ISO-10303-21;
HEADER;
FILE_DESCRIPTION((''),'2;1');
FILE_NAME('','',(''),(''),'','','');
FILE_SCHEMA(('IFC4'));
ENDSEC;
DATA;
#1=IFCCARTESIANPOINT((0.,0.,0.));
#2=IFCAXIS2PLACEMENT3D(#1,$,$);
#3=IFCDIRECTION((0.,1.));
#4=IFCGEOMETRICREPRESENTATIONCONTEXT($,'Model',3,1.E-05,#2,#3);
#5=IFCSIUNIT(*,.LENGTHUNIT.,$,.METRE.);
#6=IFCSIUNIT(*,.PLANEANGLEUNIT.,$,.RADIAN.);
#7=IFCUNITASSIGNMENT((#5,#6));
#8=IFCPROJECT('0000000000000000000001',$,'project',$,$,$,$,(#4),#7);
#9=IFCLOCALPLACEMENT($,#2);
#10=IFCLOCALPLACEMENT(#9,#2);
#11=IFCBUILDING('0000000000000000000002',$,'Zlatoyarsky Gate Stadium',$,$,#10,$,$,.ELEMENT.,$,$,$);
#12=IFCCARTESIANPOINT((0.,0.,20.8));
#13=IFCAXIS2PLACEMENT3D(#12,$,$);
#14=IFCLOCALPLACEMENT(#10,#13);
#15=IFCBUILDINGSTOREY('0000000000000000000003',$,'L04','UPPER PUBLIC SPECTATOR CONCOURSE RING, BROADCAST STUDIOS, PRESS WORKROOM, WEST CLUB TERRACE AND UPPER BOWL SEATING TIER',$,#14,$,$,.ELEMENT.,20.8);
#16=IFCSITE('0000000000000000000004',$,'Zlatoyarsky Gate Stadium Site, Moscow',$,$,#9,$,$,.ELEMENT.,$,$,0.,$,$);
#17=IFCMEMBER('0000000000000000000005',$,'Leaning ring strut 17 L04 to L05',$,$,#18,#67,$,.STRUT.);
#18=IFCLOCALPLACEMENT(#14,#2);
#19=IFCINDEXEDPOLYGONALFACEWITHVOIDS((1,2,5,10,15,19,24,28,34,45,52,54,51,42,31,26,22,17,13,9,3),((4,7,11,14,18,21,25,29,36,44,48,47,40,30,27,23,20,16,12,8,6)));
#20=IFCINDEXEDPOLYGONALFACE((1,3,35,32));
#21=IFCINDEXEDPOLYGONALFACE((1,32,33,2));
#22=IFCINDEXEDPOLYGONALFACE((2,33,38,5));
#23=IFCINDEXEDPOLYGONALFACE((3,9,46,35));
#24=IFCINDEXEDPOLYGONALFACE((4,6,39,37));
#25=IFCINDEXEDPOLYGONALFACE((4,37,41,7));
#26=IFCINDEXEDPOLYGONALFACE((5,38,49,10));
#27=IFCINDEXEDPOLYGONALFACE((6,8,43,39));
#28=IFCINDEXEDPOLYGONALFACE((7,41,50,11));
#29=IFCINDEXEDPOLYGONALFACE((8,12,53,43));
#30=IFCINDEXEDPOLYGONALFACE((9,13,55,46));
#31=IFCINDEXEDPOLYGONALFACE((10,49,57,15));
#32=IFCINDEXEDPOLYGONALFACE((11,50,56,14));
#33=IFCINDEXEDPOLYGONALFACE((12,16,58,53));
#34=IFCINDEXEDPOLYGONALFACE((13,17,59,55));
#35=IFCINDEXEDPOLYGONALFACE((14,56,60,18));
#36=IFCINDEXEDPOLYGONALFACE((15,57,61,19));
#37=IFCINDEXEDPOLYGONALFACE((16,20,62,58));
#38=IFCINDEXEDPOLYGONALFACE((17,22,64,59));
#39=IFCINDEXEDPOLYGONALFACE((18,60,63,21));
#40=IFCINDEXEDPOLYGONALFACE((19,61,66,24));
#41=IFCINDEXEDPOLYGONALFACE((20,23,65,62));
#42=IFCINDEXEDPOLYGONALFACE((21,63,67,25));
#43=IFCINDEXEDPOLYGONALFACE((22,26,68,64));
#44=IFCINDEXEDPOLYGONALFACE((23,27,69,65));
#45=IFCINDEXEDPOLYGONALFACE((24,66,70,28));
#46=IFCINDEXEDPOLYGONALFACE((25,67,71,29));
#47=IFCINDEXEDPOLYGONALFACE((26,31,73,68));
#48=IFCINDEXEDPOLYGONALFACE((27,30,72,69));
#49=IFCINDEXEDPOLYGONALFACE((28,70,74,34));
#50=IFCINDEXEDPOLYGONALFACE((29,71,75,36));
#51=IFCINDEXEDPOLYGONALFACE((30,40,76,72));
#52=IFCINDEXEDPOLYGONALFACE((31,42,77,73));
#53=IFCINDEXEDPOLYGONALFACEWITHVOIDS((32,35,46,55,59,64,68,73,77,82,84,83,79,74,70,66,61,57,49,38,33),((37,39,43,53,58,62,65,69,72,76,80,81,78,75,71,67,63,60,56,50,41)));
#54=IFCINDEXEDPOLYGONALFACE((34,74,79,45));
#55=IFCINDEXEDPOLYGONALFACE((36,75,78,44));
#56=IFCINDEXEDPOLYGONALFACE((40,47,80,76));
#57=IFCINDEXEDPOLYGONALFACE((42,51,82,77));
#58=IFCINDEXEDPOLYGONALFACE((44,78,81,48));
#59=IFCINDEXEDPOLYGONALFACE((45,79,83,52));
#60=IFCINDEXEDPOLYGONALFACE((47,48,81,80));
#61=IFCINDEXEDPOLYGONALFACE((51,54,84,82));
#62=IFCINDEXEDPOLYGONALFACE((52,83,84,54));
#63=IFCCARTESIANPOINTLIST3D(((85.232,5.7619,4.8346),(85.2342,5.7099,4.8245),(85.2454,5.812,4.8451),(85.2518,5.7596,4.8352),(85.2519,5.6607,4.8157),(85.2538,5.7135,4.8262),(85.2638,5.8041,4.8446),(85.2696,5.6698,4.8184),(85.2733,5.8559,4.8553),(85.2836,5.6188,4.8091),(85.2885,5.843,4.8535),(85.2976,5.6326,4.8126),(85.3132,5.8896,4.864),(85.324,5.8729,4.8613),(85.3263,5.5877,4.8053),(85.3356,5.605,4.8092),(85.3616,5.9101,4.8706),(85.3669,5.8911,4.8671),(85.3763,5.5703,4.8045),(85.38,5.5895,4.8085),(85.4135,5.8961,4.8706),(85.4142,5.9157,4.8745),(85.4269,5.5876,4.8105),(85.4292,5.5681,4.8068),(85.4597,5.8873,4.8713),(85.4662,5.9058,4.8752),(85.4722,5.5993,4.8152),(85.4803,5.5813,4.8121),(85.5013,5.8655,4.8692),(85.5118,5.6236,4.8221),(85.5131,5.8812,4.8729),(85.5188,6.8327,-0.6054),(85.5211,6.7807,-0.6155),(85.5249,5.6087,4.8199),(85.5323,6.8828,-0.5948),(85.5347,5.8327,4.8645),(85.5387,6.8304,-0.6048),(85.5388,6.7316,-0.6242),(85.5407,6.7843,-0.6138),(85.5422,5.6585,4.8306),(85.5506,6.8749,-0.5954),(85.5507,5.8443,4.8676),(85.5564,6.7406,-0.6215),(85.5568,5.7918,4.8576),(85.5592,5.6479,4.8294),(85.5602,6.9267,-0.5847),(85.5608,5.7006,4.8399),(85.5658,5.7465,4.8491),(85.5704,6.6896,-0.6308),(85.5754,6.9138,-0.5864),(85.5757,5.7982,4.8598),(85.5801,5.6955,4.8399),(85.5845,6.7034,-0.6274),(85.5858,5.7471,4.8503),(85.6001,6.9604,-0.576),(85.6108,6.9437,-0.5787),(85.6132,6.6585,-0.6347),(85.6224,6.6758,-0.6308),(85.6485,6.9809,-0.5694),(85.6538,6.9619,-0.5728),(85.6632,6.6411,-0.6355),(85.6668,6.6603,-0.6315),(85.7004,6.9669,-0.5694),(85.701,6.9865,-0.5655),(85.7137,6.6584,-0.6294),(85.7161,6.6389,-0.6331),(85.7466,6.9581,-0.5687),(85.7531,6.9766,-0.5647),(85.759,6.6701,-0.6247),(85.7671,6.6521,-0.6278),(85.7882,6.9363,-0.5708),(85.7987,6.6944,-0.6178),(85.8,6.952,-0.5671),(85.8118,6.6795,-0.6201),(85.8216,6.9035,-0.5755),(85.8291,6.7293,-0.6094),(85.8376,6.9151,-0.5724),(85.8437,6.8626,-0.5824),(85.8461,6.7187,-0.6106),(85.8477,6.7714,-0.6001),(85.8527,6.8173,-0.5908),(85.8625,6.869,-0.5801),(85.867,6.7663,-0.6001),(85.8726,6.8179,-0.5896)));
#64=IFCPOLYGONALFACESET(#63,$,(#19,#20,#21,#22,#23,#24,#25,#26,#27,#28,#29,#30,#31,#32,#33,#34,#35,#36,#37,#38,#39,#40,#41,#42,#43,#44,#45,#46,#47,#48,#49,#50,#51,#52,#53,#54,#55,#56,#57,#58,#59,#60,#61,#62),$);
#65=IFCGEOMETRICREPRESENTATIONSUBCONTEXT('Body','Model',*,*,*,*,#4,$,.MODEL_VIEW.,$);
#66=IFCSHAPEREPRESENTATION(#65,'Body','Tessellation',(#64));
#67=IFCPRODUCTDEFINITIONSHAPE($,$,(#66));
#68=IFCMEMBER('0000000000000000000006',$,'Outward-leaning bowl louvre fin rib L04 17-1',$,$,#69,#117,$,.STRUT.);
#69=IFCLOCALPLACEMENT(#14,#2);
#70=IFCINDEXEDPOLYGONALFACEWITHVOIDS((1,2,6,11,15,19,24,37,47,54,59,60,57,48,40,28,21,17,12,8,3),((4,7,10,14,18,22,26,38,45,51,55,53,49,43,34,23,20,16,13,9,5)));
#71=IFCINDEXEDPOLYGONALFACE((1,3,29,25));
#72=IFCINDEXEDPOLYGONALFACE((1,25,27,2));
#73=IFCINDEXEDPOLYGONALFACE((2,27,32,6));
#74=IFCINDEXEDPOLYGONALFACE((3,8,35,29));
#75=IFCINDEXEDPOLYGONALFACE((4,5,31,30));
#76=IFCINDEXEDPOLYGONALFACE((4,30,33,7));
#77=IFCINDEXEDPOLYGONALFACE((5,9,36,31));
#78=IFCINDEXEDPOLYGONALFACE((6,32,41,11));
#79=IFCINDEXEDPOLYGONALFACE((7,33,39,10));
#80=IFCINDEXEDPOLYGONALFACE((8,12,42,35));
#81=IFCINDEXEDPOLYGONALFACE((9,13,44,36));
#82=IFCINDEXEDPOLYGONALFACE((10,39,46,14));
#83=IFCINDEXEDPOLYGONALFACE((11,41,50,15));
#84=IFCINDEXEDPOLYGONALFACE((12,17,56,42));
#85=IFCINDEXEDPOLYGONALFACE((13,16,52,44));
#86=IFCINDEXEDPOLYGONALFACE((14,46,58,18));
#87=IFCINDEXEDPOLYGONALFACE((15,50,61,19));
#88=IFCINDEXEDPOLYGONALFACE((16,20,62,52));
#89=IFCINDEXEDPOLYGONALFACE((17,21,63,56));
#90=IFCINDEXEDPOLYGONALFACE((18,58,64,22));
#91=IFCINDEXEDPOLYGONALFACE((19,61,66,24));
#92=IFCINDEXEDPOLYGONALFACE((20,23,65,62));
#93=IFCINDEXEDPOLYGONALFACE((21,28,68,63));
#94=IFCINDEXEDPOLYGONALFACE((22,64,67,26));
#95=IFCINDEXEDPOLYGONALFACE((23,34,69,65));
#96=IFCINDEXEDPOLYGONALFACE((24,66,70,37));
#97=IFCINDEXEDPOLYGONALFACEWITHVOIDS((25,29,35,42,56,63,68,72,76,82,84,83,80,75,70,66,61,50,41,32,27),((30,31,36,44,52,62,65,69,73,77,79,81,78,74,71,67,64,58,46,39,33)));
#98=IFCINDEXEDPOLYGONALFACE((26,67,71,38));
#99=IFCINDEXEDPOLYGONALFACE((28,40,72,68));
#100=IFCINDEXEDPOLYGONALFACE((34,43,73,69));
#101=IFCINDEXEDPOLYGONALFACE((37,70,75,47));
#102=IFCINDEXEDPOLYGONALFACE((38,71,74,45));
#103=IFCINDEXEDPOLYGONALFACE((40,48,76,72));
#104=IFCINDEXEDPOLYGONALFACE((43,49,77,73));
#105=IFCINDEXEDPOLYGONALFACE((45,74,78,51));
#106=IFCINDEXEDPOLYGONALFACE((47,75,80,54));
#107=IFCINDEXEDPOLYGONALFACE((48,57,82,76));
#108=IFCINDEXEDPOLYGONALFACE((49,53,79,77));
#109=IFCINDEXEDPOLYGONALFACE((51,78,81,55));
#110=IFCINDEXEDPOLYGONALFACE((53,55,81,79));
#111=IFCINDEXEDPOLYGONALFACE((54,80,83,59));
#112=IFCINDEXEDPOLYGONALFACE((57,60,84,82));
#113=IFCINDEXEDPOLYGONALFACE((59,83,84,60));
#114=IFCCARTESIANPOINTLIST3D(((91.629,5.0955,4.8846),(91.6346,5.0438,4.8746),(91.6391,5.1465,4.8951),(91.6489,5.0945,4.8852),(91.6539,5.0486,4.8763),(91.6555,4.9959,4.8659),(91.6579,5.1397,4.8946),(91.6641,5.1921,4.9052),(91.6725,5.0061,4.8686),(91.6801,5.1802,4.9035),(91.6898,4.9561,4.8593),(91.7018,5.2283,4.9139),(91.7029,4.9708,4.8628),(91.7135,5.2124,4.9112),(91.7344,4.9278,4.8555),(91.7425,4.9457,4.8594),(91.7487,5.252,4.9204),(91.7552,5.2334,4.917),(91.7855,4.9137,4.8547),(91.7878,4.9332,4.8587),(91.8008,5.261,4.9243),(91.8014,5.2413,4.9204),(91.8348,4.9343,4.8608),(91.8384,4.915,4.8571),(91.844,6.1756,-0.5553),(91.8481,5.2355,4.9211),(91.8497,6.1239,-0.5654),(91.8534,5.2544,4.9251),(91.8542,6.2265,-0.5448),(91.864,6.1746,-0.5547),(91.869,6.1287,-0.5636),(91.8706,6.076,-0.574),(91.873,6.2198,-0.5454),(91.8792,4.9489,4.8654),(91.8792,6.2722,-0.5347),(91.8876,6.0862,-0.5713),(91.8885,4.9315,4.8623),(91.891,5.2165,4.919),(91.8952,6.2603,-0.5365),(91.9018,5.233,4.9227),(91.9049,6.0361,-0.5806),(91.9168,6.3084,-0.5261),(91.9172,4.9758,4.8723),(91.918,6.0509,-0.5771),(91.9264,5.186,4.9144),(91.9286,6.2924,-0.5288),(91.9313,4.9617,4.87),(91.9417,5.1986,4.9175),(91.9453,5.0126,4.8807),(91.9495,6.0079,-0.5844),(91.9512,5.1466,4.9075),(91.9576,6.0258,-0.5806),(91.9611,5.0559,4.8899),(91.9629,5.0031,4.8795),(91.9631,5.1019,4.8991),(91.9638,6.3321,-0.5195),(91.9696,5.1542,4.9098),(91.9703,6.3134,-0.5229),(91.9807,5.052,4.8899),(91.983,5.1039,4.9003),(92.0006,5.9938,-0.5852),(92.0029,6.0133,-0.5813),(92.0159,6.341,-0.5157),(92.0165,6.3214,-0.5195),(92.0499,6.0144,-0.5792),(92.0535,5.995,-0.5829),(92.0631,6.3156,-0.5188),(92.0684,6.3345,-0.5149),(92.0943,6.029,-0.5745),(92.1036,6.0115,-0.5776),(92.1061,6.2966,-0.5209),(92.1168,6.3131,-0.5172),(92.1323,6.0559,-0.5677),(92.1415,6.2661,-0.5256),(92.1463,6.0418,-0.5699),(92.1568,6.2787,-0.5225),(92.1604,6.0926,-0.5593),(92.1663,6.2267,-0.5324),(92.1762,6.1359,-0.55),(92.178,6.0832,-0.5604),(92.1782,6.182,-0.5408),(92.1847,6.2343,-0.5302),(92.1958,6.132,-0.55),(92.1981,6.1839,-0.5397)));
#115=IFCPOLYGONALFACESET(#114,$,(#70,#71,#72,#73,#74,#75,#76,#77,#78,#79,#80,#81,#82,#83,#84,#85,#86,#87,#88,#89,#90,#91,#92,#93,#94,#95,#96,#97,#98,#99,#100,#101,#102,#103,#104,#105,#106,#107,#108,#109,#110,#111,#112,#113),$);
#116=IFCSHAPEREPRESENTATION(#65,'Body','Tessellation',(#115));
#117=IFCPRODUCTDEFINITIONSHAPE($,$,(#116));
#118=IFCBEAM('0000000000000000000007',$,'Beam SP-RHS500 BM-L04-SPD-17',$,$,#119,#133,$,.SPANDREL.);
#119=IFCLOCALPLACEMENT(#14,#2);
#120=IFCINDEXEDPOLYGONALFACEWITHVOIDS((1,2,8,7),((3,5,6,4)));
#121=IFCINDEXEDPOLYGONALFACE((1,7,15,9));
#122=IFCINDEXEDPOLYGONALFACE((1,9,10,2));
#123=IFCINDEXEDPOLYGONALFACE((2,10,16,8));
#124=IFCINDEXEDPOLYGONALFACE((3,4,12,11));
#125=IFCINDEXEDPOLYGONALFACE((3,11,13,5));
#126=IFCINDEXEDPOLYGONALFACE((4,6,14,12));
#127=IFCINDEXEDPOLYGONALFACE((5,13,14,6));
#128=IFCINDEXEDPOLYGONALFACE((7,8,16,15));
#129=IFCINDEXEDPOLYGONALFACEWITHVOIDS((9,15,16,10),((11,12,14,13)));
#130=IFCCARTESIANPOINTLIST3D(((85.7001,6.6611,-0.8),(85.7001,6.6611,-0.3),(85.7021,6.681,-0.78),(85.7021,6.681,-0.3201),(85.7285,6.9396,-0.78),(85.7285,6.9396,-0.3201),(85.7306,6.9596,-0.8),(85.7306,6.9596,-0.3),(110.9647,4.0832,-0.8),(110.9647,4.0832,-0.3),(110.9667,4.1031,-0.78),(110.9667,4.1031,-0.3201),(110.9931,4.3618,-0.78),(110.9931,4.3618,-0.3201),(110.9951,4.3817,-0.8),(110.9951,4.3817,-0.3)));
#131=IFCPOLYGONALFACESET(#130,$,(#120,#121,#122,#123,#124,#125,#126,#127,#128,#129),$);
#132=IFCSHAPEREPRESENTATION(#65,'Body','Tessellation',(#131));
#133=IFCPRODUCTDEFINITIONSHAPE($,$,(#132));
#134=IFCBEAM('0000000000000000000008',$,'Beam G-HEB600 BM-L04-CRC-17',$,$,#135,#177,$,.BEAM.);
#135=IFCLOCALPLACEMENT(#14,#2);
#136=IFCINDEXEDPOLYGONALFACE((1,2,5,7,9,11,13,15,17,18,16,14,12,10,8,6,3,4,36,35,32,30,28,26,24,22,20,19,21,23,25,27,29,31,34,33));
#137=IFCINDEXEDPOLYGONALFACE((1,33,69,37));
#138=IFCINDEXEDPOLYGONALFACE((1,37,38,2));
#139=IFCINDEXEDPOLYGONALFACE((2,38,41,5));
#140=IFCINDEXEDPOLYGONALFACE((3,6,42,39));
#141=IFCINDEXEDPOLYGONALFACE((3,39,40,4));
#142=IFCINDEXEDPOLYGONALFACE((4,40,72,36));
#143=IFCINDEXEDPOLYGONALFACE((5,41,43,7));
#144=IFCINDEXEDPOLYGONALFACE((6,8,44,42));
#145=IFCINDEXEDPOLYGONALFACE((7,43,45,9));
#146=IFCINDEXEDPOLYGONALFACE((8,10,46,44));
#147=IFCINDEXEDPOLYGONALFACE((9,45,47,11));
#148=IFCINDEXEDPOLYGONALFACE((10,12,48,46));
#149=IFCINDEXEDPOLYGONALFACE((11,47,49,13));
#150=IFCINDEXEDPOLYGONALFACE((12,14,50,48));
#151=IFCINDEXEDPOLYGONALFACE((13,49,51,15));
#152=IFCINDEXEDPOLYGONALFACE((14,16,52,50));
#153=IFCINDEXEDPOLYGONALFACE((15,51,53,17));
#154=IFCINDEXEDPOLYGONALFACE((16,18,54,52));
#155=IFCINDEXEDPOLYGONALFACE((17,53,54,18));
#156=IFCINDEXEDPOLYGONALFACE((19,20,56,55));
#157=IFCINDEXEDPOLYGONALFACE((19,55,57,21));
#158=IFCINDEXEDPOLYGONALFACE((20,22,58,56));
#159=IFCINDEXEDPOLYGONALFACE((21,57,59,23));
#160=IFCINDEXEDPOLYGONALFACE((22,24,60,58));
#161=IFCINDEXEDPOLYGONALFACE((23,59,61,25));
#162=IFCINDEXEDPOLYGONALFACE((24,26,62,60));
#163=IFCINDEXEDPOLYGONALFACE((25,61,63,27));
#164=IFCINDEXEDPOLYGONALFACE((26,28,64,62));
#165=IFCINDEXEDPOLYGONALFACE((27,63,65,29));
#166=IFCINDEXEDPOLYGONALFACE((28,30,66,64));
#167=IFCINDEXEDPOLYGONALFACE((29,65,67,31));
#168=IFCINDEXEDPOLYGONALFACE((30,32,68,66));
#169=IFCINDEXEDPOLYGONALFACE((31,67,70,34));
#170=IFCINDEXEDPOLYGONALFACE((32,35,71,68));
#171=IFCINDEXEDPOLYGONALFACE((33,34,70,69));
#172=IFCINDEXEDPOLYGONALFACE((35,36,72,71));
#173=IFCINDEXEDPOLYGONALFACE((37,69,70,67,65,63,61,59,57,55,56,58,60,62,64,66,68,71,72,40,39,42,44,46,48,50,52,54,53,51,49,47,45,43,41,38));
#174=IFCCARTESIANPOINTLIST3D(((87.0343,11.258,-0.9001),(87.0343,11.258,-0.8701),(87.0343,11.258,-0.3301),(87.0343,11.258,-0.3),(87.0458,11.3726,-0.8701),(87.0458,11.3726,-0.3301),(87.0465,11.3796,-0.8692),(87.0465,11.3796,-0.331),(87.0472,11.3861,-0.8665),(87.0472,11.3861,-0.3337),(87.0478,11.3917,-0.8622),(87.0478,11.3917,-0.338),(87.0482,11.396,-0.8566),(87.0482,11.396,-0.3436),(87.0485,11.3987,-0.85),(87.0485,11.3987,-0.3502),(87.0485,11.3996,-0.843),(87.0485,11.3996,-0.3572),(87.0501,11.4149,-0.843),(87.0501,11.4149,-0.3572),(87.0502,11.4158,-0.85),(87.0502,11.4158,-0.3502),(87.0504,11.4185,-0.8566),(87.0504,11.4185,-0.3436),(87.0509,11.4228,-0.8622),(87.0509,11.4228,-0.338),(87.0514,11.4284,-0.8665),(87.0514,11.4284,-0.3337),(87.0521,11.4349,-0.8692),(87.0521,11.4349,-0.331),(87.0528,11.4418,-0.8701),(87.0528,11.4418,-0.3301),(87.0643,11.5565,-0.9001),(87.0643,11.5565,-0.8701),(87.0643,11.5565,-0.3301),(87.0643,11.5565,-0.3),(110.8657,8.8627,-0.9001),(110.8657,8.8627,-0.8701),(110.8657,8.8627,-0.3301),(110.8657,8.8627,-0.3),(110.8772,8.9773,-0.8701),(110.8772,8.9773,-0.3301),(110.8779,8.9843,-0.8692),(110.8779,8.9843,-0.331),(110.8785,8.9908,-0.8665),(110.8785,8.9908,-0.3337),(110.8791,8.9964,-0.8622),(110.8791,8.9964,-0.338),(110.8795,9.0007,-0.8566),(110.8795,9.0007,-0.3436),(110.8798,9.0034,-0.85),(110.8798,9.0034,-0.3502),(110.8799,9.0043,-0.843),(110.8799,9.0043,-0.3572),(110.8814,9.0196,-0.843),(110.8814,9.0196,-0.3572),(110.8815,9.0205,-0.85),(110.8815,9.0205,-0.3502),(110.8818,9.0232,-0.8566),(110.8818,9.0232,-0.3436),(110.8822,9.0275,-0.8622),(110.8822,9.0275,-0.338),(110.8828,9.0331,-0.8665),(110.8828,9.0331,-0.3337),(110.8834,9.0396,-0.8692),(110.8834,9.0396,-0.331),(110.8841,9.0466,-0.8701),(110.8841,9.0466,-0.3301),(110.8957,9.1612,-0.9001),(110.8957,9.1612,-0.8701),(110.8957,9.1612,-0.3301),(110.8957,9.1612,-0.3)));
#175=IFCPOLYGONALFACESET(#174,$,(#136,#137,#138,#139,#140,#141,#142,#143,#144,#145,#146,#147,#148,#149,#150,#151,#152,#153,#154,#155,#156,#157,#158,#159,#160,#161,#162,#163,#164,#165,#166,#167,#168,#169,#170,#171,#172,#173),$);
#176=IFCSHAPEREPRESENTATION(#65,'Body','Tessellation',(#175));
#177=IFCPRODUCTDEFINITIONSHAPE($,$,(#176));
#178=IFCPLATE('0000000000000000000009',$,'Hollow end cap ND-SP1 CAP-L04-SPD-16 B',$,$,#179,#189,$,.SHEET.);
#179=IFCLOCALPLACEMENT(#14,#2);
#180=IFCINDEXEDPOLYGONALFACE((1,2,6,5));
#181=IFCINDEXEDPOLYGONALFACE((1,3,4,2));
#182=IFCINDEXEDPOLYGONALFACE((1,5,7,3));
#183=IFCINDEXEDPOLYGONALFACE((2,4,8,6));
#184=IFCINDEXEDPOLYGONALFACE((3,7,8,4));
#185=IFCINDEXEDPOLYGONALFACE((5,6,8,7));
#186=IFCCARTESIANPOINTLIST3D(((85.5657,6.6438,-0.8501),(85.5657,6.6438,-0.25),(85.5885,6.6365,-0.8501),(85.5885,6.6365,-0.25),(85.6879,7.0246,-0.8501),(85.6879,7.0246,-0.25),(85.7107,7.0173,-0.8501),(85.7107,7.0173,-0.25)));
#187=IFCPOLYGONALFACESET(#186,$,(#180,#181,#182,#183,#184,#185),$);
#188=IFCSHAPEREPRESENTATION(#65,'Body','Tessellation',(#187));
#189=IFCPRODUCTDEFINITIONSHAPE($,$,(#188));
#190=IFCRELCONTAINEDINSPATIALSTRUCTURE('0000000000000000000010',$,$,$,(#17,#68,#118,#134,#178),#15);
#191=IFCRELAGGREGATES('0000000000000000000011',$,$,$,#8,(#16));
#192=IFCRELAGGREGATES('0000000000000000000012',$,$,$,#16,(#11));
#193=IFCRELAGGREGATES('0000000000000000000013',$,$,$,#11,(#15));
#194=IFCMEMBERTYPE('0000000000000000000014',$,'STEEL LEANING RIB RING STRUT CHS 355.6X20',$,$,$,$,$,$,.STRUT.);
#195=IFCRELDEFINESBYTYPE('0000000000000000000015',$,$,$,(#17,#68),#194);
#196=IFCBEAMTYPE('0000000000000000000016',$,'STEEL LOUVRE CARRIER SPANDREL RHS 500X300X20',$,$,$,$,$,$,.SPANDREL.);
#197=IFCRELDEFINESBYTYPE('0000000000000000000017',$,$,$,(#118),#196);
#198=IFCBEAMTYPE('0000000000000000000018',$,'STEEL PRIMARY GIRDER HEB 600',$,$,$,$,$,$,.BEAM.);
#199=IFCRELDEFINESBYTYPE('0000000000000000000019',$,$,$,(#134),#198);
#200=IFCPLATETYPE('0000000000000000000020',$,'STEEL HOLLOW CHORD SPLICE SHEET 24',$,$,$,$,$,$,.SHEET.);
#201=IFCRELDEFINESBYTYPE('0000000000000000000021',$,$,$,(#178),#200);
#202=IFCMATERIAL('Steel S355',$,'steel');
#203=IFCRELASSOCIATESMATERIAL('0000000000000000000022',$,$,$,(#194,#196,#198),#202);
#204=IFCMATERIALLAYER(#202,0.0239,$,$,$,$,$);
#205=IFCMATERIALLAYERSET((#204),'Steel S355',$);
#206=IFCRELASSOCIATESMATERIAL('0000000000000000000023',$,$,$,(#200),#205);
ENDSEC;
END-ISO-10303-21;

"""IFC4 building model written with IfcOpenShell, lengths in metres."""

from ifc_helpers import new_model, si_unit, direction, frame, origin, origin_2d, place, context, subcontext, project, spatial, rectangle, hollow_rectangle, hollow_circle, i_section, extrude, material, layer, layer_set, material_profile, profile_set, type_object, element, save


model = new_model("IFC4")

# Units and contexts
model_context = context("Model", 3, precision=1e-05, world=origin(), true_north=direction((0.0, 1.0)))
body_context = subcontext(model_context, "Body", "Model", "MODEL_VIEW")
ifc_project = project(units=[si_unit("LENGTHUNIT", "METRE"), si_unit("PLANEANGLEUNIT", "RADIAN")], contexts=[model_context])

# Site, building, storey
site_placement = place(None, origin())
site = spatial("IfcSite", under=ifc_project, at=site_placement, Name="Zlatoyarsky Gate Stadium Site, Moscow", CompositionType="ELEMENT", RefElevation=0.0)
building_placement = place(site_placement, origin())
building = spatial("IfcBuilding", under=site, at=building_placement, Name="Zlatoyarsky Gate Stadium", CompositionType="ELEMENT")
storey_placement = place(building_placement, frame((0.0, 0.0, 20.8)))
storey = spatial("IfcBuildingStorey", under=building, at=storey_placement, Name="L04", Description="UPPER PUBLIC SPECTATOR CONCOURSE RING, BROADCAST STUDIOS, PRESS WORKROOM, WEST CLUB TERRACE AND UPPER BOWL SEATING TIER", CompositionType="ELEMENT", Elevation=20.8)

# Shared definitions
ifc_material_1 = material(Name="Steel S355", Category="steel")

# Members
ifc_material_profile_1 = material_profile(ifc_material_1, hollow_circle(Radius=0.1777, WallThickness=0.02, at=origin_2d()), Name="CHS 355.6X20")
ifc_profile_set_1 = profile_set([ifc_material_profile_1], Name="Steel S355")
member_type_1 = type_object("IfcMemberType", Name="STEEL LEANING RIB RING STRUT CHS 355.6X20", PredefinedType="STRUT", material=ifc_profile_set_1)
member_1_placement = place(storey_placement, frame((85.6953, 6.8123, -0.6001), z_axis=(-0.051671, -0.192876, 0.979862), x_axis=(0.965938, -0.258773, 0.0)))
element("IfcMember", 1, at=member_1_placement, inside=storey, type_object=member_type_1, Name="Leaning ring strut 17 L04 to L05", PredefinedType="STRUT", context=body_context, shape_type="SweptSolid", body=[
    extrude(hollow_circle(Radius=0.1777, WallThickness=0.02, at=origin_2d()), origin(), (0.0, 0.0, 1.0), 5.5518),
])
member_2_placement = place(storey_placement, frame((92.0215, 6.1667, -0.55), z_axis=(-0.038753, -0.194598, 0.980117), x_axis=(0.980742, -0.195306, 0.0)))
element("IfcMember", 2, at=member_2_placement, inside=storey, type_object=member_type_1, Name="Outward-leaning bowl louvre fin rib L04 17-1", PredefinedType="STRUT", context=body_context, shape_type="SweptSolid", body=[
    extrude(hollow_circle(Radius=0.1777, WallThickness=0.02, at=origin_2d()), origin(), (0.0, 0.0, 1.0), 5.5503),
])

# Beams
ifc_material_profile_2 = material_profile(ifc_material_1, hollow_rectangle(XDim=0.3, YDim=0.5, WallThickness=0.02, at=origin_2d()), Name="RHS 500X300X20")
ifc_profile_set_2 = profile_set([ifc_material_profile_2], Name="Steel S355")
beam_type_1 = type_object("IfcBeamType", Name="STEEL LOUVRE CARRIER SPANDREL RHS 500X300X20", PredefinedType="SPANDREL", material=ifc_profile_set_2)
beam_1_placement = place(storey_placement, frame((85.7153, 6.8103, -0.55), z_axis=(0.994835, -0.101508, 0.0), x_axis=(0.101508, 0.994835, 0.0)))
element("IfcBeam", 3, at=beam_1_placement, inside=storey, type_object=beam_type_1, Name="Beam SP-RHS500 BM-L04-SPD-17", PredefinedType="SPANDREL", context=body_context, shape_type="SweptSolid", body=[
    extrude(hollow_rectangle(XDim=0.3, YDim=0.5, WallThickness=0.02, at=origin_2d()), origin(), (0.0, 0.0, 1.0), 25.3958),
])
ifc_material_profile_3 = material_profile(ifc_material_1, i_section(OverallWidth=0.3, OverallDepth=0.6001, WebThickness=0.0154, FlangeThickness=0.03, FilletRadius=0.0271, at=origin_2d()), Name="HEB 600")
ifc_profile_set_3 = profile_set([ifc_material_profile_3], Name="Steel S355")
beam_type_2 = type_object("IfcBeamType", Name="STEEL PRIMARY GIRDER HEB 600", PredefinedType="BEAM", material=ifc_profile_set_3)
beam_2_placement = place(storey_placement, frame((87.0493, 11.4072, -0.6001), z_axis=(0.994987, -0.100005, 0.0), x_axis=(0.100005, 0.994987, 0.0)))
element("IfcBeam", 4, at=beam_2_placement, inside=storey, type_object=beam_type_2, Name="Beam G-HEB600 BM-L04-CRC-17", PredefinedType="BEAM", context=body_context, shape_type="SweptSolid", body=[
    extrude(i_section(OverallWidth=0.3, OverallDepth=0.6001, WebThickness=0.0154, FlangeThickness=0.03, FilletRadius=0.0271, at=origin_2d()), origin(), (0.0, 0.0, 1.0), 23.9514),
])

# Plate
ifc_layer_1 = layer(ifc_material_1, 0.0239)
ifc_layer_set_1 = layer_set([ifc_layer_1], Name="Steel S355")
plate_type_1 = type_object("IfcPlateType", Name="STEEL HOLLOW CHORD SPLICE SHEET 24", PredefinedType="SHEET", material=ifc_layer_set_1)
for number, where, z_axis, x_axis, name in (
    (5, (85.6382, 6.8306, -0.8501), (0.0, 0.0, 1.0), (0.952146, -0.305645, 0.0), "Hollow end cap ND-SP1 CAP-L04-SPD-16 B"),
):
    element("IfcPlate", number, at=place(storey_placement, frame(where, z_axis=z_axis, x_axis=x_axis)), inside=storey, type_object=plate_type_1, Name=name, PredefinedType="SHEET", context=body_context, shape_type="SweptSolid", body=[
        extrude(rectangle(XDim=0.0239, YDim=0.3999, at=origin_2d()), origin(), (0.0, 0.0, 1.0), 0.6001),
    ])

save(model, "model.ifc")
